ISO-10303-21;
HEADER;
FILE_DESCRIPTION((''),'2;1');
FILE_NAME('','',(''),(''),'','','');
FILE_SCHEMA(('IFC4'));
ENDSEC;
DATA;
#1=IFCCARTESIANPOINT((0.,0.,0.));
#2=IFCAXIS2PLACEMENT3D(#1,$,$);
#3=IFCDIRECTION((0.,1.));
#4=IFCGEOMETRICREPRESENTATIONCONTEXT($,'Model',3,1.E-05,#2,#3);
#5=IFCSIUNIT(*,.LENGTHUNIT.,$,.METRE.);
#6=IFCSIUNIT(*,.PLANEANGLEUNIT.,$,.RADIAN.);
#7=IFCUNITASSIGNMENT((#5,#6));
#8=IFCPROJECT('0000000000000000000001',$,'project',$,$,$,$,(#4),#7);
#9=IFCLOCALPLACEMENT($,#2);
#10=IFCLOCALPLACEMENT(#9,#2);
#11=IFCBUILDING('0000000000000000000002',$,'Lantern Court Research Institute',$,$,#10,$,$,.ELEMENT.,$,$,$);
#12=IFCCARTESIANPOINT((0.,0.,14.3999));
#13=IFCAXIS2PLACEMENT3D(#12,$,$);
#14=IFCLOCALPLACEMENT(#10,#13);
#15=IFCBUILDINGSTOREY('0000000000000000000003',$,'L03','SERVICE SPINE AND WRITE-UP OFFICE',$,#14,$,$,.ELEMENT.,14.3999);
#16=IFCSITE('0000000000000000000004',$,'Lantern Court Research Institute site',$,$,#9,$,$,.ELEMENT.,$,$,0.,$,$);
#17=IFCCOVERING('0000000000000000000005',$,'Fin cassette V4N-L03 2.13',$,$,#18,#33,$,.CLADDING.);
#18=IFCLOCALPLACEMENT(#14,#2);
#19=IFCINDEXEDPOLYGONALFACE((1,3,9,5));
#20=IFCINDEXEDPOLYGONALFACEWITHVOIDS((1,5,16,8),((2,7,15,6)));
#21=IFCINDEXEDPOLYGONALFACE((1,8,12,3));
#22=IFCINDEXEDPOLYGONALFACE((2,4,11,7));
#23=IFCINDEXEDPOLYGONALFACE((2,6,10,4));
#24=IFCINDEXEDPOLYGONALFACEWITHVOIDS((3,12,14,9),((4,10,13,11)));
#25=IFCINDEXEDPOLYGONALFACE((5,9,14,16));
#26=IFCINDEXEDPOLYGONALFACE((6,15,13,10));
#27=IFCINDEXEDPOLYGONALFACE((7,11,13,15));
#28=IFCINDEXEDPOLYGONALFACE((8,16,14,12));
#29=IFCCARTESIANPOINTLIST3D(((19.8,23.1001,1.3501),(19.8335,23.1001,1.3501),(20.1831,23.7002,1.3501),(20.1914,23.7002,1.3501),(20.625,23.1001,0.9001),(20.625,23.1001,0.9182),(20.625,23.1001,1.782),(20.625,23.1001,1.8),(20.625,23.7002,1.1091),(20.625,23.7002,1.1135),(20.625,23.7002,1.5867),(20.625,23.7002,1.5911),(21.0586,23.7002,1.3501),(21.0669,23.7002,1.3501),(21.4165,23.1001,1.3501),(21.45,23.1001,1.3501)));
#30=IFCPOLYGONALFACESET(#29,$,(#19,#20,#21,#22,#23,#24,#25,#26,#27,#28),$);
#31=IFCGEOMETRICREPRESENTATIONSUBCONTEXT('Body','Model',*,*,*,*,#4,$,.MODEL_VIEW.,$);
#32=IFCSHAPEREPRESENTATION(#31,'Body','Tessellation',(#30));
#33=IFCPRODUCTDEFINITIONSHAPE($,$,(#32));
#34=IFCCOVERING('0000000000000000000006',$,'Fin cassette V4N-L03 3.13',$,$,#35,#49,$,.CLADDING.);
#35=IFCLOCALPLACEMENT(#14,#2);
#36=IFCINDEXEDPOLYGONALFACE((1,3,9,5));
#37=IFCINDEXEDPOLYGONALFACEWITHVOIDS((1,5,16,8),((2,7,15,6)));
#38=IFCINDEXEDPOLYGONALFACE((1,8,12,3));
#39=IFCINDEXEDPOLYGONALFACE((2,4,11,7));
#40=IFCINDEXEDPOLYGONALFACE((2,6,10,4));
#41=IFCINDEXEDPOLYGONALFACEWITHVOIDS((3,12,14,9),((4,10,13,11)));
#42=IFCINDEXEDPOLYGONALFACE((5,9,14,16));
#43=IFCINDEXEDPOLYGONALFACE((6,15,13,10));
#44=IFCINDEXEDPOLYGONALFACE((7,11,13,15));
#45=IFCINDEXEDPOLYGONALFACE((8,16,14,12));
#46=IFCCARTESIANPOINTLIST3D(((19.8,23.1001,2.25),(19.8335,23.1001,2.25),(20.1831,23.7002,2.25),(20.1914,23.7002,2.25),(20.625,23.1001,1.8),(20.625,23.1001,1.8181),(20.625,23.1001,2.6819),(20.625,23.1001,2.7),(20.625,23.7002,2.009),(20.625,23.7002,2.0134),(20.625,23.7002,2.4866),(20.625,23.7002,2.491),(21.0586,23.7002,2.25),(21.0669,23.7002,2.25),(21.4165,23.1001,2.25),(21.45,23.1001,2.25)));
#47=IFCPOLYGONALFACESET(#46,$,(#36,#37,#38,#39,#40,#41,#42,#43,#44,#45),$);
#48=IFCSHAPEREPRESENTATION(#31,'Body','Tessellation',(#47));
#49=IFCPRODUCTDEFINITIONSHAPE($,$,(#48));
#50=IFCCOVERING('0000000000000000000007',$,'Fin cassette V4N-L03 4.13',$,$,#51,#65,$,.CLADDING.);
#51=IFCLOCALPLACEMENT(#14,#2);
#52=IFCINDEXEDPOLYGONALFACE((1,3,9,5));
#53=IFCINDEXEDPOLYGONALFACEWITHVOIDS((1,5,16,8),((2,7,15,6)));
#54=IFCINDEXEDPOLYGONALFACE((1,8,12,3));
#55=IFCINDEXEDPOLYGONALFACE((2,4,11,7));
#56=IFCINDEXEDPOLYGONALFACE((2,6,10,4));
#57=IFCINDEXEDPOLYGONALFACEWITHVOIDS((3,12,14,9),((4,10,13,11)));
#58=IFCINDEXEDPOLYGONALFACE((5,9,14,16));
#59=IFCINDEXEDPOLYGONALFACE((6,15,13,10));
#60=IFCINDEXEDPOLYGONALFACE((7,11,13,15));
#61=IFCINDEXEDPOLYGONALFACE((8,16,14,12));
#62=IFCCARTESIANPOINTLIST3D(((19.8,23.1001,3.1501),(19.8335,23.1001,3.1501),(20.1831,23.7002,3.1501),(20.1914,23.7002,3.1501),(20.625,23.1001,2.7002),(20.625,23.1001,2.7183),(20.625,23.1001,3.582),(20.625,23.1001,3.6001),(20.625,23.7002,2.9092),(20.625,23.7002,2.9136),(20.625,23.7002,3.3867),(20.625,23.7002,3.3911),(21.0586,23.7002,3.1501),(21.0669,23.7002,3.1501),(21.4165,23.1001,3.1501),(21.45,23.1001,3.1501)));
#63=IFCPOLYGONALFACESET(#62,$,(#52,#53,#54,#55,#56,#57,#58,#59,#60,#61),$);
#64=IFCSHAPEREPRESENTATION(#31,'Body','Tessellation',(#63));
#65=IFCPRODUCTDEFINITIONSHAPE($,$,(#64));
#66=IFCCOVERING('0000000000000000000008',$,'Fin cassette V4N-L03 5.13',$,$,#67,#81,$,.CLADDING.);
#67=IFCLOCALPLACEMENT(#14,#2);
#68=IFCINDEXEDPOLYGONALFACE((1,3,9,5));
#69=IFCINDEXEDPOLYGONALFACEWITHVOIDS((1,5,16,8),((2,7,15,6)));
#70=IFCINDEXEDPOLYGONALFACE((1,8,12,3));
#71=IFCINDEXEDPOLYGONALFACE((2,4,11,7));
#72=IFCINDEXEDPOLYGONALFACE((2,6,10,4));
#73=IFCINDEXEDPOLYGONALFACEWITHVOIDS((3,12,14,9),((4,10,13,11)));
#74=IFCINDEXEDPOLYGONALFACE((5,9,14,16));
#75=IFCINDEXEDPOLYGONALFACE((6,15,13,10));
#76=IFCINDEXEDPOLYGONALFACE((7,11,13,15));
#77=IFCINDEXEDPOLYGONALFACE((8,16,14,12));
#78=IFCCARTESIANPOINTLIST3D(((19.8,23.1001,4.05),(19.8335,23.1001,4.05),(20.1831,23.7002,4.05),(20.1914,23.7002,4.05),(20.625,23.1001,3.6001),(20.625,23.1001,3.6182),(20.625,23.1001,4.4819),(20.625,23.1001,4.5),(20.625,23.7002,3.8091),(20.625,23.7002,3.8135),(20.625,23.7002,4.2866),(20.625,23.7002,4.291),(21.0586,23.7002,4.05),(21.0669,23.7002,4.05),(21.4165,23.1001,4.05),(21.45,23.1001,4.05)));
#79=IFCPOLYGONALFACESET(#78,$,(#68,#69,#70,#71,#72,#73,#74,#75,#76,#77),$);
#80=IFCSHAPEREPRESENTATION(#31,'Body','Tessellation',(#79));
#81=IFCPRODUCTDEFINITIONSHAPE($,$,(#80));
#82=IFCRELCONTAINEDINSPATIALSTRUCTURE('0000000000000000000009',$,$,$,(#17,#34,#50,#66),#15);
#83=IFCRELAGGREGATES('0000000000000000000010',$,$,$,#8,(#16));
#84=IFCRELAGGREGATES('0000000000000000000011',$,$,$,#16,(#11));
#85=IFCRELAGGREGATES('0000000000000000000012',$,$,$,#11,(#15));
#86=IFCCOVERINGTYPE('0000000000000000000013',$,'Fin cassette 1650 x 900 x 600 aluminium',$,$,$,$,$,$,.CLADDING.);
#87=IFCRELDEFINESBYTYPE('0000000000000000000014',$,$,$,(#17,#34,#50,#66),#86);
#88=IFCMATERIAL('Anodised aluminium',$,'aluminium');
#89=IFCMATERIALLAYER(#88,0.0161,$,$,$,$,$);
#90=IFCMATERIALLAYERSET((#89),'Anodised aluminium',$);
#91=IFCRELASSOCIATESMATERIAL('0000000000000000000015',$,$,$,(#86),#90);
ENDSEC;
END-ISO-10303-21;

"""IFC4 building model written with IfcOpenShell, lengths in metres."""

from ifc_helpers import new_model, entity, si_unit, direction, frame, origin, place, context, subcontext, project, spatial, material, layer, layer_set, type_object, element, save


model = new_model("IFC4")

# Units and contexts
model_context = context("Model", 3, precision=1e-05, world=origin(), true_north=direction((0.0, 1.0)))
body_context = subcontext(model_context, "Body", "Model", "MODEL_VIEW")
ifc_project = project(units=[si_unit("LENGTHUNIT", "METRE"), si_unit("PLANEANGLEUNIT", "RADIAN")], contexts=[model_context])

# Site, building, storey
site_placement = place(None, origin())
site = spatial("IfcSite", under=ifc_project, at=site_placement, Name="Lantern Court Research Institute site", CompositionType="ELEMENT", RefElevation=0.0)
building_placement = place(site_placement, origin())
building = spatial("IfcBuilding", under=site, at=building_placement, Name="Lantern Court Research Institute", CompositionType="ELEMENT")
storey_placement = place(building_placement, frame((0.0, 0.0, 14.3999)))
storey = spatial("IfcBuildingStorey", under=building, at=storey_placement, Name="L03", Description="SERVICE SPINE AND WRITE-UP OFFICE", CompositionType="ELEMENT", Elevation=14.3999)

# Coverings
ifc_material_1 = material(Name="Anodised aluminium", Category="aluminium")
ifc_layer_1 = layer(ifc_material_1, 0.0161)
ifc_layer_set_1 = layer_set([ifc_layer_1], Name="Anodised aluminium")
covering_type = type_object("IfcCoveringType", Name="Fin cassette 1650 x 900 x 600 aluminium", PredefinedType="CLADDING", material=ifc_layer_set_1)
covering_1_placement = place(storey_placement, frame((20.625, 23.1001, 1.3501), z_axis=(0.0, 1.0, 0.0), x_axis=(-1.0, 0.0, 0.0)))
cartesian_point_1 = entity("IfcCartesianPoint", [0.825, 0.0])
cartesian_point_2 = entity("IfcCartesianPoint", [0.7915, 0.0])
cartesian_point_3 = entity("IfcCartesianPoint", [0.4419, 0.0])
cartesian_point_4 = entity("IfcCartesianPoint", [0.4336, 0.0])
element("IfcCovering", 1, at=covering_1_placement, inside=storey, type_object=covering_type, Name="Fin cassette V4N-L03 2.13", PredefinedType="CLADDING", context=body_context, shape_type="SweptSolid", body=[
    entity("IfcExtrudedAreaSolidTapered", entity("IfcArbitraryProfileDefWithVoids", "AREA", None, entity("IfcPolyline", [cartesian_point_1, entity("IfcCartesianPoint", [0.0, 0.45]), entity("IfcCartesianPoint", [-0.825, 0.0]), entity("IfcCartesianPoint", [0.0, -0.45]), cartesian_point_1]), [entity("IfcPolyline", [cartesian_point_2, entity("IfcCartesianPoint", [0.0, 0.4319]), entity("IfcCartesianPoint", [-0.7915, 0.0]), entity("IfcCartesianPoint", [0.0, -0.4319]), cartesian_point_2])]), entity("IfcAxis2Placement3D", entity("IfcCartesianPoint", [0.0, 0.0, 0.0])), entity("IfcDirection", [0.0, 0.0, 1.0]), 0.6001, entity("IfcArbitraryProfileDefWithVoids", "AREA", None, entity("IfcPolyline", [cartesian_point_3, entity("IfcCartesianPoint", [0.0, 0.241]), entity("IfcCartesianPoint", [-0.4419, 0.0]), entity("IfcCartesianPoint", [0.0, -0.241]), cartesian_point_3]), [entity("IfcPolyline", [cartesian_point_4, entity("IfcCartesianPoint", [0.0, 0.2366]), entity("IfcCartesianPoint", [-0.4336, 0.0]), entity("IfcCartesianPoint", [0.0, -0.2366]), cartesian_point_4])])),
])
covering_2_placement = place(storey_placement, frame((20.625, 23.1001, 2.25), z_axis=(0.0, 1.0, 0.0), x_axis=(-1.0, 0.0, 0.0)))
cartesian_point_5 = entity("IfcCartesianPoint", [0.825, 0.0])
cartesian_point_6 = entity("IfcCartesianPoint", [0.7915, 0.0])
cartesian_point_7 = entity("IfcCartesianPoint", [0.4419, 0.0])
cartesian_point_8 = entity("IfcCartesianPoint", [0.4336, 0.0])
element("IfcCovering", 2, at=covering_2_placement, inside=storey, type_object=covering_type, Name="Fin cassette V4N-L03 3.13", PredefinedType="CLADDING", context=body_context, shape_type="SweptSolid", body=[
    entity("IfcExtrudedAreaSolidTapered", entity("IfcArbitraryProfileDefWithVoids", "AREA", None, entity("IfcPolyline", [cartesian_point_5, entity("IfcCartesianPoint", [0.0, 0.45]), entity("IfcCartesianPoint", [-0.825, 0.0]), entity("IfcCartesianPoint", [0.0, -0.45]), cartesian_point_5]), [entity("IfcPolyline", [cartesian_point_6, entity("IfcCartesianPoint", [0.0, 0.4319]), entity("IfcCartesianPoint", [-0.7915, 0.0]), entity("IfcCartesianPoint", [0.0, -0.4319]), cartesian_point_6])]), entity("IfcAxis2Placement3D", entity("IfcCartesianPoint", [0.0, 0.0, 0.0])), entity("IfcDirection", [0.0, 0.0, 1.0]), 0.6001, entity("IfcArbitraryProfileDefWithVoids", "AREA", None, entity("IfcPolyline", [cartesian_point_7, entity("IfcCartesianPoint", [0.0, 0.241]), entity("IfcCartesianPoint", [-0.4419, 0.0]), entity("IfcCartesianPoint", [0.0, -0.241]), cartesian_point_7]), [entity("IfcPolyline", [cartesian_point_8, entity("IfcCartesianPoint", [0.0, 0.2366]), entity("IfcCartesianPoint", [-0.4336, 0.0]), entity("IfcCartesianPoint", [0.0, -0.2366]), cartesian_point_8])])),
])
covering_3_placement = place(storey_placement, frame((20.625, 23.1001, 3.1501), z_axis=(0.0, 1.0, 0.0), x_axis=(-1.0, 0.0, 0.0)))
cartesian_point_9 = entity("IfcCartesianPoint", [0.825, 0.0])
cartesian_point_10 = entity("IfcCartesianPoint", [0.7915, 0.0])
cartesian_point_11 = entity("IfcCartesianPoint", [0.4419, 0.0])
cartesian_point_12 = entity("IfcCartesianPoint", [0.4336, 0.0])
element("IfcCovering", 3, at=covering_3_placement, inside=storey, type_object=covering_type, Name="Fin cassette V4N-L03 4.13", PredefinedType="CLADDING", context=body_context, shape_type="SweptSolid", body=[
    entity("IfcExtrudedAreaSolidTapered", entity("IfcArbitraryProfileDefWithVoids", "AREA", None, entity("IfcPolyline", [cartesian_point_9, entity("IfcCartesianPoint", [0.0, 0.45]), entity("IfcCartesianPoint", [-0.825, 0.0]), entity("IfcCartesianPoint", [0.0, -0.45]), cartesian_point_9]), [entity("IfcPolyline", [cartesian_point_10, entity("IfcCartesianPoint", [0.0, 0.4319]), entity("IfcCartesianPoint", [-0.7915, 0.0]), entity("IfcCartesianPoint", [0.0, -0.4319]), cartesian_point_10])]), entity("IfcAxis2Placement3D", entity("IfcCartesianPoint", [0.0, 0.0, 0.0])), entity("IfcDirection", [0.0, 0.0, 1.0]), 0.6001, entity("IfcArbitraryProfileDefWithVoids", "AREA", None, entity("IfcPolyline", [cartesian_point_11, entity("IfcCartesianPoint", [0.0, 0.241]), entity("IfcCartesianPoint", [-0.4419, 0.0]), entity("IfcCartesianPoint", [0.0, -0.241]), cartesian_point_11]), [entity("IfcPolyline", [cartesian_point_12, entity("IfcCartesianPoint", [0.0, 0.2366]), entity("IfcCartesianPoint", [-0.4336, 0.0]), entity("IfcCartesianPoint", [0.0, -0.2366]), cartesian_point_12])])),
])
covering_4_placement = place(storey_placement, frame((20.625, 23.1001, 4.05), z_axis=(0.0, 1.0, 0.0), x_axis=(-1.0, 0.0, 0.0)))
cartesian_point_13 = entity("IfcCartesianPoint", [0.825, 0.0])
cartesian_point_14 = entity("IfcCartesianPoint", [0.7915, 0.0])
cartesian_point_15 = entity("IfcCartesianPoint", [0.4419, 0.0])
cartesian_point_16 = entity("IfcCartesianPoint", [0.4336, 0.0])
element("IfcCovering", 4, at=covering_4_placement, inside=storey, type_object=covering_type, Name="Fin cassette V4N-L03 5.13", PredefinedType="CLADDING", context=body_context, shape_type="SweptSolid", body=[
    entity("IfcExtrudedAreaSolidTapered", entity("IfcArbitraryProfileDefWithVoids", "AREA", None, entity("IfcPolyline", [cartesian_point_13, entity("IfcCartesianPoint", [0.0, 0.45]), entity("IfcCartesianPoint", [-0.825, 0.0]), entity("IfcCartesianPoint", [0.0, -0.45]), cartesian_point_13]), [entity("IfcPolyline", [cartesian_point_14, entity("IfcCartesianPoint", [0.0, 0.4319]), entity("IfcCartesianPoint", [-0.7915, 0.0]), entity("IfcCartesianPoint", [0.0, -0.4319]), cartesian_point_14])]), entity("IfcAxis2Placement3D", entity("IfcCartesianPoint", [0.0, 0.0, 0.0])), entity("IfcDirection", [0.0, 0.0, 1.0]), 0.6001, entity("IfcArbitraryProfileDefWithVoids", "AREA", None, entity("IfcPolyline", [cartesian_point_15, entity("IfcCartesianPoint", [0.0, 0.241]), entity("IfcCartesianPoint", [-0.4419, 0.0]), entity("IfcCartesianPoint", [0.0, -0.241]), cartesian_point_15]), [entity("IfcPolyline", [cartesian_point_16, entity("IfcCartesianPoint", [0.0, 0.2366]), entity("IfcCartesianPoint", [-0.4336, 0.0]), entity("IfcCartesianPoint", [0.0, -0.2366]), cartesian_point_16])])),
])

save(model, "model.ifc")
